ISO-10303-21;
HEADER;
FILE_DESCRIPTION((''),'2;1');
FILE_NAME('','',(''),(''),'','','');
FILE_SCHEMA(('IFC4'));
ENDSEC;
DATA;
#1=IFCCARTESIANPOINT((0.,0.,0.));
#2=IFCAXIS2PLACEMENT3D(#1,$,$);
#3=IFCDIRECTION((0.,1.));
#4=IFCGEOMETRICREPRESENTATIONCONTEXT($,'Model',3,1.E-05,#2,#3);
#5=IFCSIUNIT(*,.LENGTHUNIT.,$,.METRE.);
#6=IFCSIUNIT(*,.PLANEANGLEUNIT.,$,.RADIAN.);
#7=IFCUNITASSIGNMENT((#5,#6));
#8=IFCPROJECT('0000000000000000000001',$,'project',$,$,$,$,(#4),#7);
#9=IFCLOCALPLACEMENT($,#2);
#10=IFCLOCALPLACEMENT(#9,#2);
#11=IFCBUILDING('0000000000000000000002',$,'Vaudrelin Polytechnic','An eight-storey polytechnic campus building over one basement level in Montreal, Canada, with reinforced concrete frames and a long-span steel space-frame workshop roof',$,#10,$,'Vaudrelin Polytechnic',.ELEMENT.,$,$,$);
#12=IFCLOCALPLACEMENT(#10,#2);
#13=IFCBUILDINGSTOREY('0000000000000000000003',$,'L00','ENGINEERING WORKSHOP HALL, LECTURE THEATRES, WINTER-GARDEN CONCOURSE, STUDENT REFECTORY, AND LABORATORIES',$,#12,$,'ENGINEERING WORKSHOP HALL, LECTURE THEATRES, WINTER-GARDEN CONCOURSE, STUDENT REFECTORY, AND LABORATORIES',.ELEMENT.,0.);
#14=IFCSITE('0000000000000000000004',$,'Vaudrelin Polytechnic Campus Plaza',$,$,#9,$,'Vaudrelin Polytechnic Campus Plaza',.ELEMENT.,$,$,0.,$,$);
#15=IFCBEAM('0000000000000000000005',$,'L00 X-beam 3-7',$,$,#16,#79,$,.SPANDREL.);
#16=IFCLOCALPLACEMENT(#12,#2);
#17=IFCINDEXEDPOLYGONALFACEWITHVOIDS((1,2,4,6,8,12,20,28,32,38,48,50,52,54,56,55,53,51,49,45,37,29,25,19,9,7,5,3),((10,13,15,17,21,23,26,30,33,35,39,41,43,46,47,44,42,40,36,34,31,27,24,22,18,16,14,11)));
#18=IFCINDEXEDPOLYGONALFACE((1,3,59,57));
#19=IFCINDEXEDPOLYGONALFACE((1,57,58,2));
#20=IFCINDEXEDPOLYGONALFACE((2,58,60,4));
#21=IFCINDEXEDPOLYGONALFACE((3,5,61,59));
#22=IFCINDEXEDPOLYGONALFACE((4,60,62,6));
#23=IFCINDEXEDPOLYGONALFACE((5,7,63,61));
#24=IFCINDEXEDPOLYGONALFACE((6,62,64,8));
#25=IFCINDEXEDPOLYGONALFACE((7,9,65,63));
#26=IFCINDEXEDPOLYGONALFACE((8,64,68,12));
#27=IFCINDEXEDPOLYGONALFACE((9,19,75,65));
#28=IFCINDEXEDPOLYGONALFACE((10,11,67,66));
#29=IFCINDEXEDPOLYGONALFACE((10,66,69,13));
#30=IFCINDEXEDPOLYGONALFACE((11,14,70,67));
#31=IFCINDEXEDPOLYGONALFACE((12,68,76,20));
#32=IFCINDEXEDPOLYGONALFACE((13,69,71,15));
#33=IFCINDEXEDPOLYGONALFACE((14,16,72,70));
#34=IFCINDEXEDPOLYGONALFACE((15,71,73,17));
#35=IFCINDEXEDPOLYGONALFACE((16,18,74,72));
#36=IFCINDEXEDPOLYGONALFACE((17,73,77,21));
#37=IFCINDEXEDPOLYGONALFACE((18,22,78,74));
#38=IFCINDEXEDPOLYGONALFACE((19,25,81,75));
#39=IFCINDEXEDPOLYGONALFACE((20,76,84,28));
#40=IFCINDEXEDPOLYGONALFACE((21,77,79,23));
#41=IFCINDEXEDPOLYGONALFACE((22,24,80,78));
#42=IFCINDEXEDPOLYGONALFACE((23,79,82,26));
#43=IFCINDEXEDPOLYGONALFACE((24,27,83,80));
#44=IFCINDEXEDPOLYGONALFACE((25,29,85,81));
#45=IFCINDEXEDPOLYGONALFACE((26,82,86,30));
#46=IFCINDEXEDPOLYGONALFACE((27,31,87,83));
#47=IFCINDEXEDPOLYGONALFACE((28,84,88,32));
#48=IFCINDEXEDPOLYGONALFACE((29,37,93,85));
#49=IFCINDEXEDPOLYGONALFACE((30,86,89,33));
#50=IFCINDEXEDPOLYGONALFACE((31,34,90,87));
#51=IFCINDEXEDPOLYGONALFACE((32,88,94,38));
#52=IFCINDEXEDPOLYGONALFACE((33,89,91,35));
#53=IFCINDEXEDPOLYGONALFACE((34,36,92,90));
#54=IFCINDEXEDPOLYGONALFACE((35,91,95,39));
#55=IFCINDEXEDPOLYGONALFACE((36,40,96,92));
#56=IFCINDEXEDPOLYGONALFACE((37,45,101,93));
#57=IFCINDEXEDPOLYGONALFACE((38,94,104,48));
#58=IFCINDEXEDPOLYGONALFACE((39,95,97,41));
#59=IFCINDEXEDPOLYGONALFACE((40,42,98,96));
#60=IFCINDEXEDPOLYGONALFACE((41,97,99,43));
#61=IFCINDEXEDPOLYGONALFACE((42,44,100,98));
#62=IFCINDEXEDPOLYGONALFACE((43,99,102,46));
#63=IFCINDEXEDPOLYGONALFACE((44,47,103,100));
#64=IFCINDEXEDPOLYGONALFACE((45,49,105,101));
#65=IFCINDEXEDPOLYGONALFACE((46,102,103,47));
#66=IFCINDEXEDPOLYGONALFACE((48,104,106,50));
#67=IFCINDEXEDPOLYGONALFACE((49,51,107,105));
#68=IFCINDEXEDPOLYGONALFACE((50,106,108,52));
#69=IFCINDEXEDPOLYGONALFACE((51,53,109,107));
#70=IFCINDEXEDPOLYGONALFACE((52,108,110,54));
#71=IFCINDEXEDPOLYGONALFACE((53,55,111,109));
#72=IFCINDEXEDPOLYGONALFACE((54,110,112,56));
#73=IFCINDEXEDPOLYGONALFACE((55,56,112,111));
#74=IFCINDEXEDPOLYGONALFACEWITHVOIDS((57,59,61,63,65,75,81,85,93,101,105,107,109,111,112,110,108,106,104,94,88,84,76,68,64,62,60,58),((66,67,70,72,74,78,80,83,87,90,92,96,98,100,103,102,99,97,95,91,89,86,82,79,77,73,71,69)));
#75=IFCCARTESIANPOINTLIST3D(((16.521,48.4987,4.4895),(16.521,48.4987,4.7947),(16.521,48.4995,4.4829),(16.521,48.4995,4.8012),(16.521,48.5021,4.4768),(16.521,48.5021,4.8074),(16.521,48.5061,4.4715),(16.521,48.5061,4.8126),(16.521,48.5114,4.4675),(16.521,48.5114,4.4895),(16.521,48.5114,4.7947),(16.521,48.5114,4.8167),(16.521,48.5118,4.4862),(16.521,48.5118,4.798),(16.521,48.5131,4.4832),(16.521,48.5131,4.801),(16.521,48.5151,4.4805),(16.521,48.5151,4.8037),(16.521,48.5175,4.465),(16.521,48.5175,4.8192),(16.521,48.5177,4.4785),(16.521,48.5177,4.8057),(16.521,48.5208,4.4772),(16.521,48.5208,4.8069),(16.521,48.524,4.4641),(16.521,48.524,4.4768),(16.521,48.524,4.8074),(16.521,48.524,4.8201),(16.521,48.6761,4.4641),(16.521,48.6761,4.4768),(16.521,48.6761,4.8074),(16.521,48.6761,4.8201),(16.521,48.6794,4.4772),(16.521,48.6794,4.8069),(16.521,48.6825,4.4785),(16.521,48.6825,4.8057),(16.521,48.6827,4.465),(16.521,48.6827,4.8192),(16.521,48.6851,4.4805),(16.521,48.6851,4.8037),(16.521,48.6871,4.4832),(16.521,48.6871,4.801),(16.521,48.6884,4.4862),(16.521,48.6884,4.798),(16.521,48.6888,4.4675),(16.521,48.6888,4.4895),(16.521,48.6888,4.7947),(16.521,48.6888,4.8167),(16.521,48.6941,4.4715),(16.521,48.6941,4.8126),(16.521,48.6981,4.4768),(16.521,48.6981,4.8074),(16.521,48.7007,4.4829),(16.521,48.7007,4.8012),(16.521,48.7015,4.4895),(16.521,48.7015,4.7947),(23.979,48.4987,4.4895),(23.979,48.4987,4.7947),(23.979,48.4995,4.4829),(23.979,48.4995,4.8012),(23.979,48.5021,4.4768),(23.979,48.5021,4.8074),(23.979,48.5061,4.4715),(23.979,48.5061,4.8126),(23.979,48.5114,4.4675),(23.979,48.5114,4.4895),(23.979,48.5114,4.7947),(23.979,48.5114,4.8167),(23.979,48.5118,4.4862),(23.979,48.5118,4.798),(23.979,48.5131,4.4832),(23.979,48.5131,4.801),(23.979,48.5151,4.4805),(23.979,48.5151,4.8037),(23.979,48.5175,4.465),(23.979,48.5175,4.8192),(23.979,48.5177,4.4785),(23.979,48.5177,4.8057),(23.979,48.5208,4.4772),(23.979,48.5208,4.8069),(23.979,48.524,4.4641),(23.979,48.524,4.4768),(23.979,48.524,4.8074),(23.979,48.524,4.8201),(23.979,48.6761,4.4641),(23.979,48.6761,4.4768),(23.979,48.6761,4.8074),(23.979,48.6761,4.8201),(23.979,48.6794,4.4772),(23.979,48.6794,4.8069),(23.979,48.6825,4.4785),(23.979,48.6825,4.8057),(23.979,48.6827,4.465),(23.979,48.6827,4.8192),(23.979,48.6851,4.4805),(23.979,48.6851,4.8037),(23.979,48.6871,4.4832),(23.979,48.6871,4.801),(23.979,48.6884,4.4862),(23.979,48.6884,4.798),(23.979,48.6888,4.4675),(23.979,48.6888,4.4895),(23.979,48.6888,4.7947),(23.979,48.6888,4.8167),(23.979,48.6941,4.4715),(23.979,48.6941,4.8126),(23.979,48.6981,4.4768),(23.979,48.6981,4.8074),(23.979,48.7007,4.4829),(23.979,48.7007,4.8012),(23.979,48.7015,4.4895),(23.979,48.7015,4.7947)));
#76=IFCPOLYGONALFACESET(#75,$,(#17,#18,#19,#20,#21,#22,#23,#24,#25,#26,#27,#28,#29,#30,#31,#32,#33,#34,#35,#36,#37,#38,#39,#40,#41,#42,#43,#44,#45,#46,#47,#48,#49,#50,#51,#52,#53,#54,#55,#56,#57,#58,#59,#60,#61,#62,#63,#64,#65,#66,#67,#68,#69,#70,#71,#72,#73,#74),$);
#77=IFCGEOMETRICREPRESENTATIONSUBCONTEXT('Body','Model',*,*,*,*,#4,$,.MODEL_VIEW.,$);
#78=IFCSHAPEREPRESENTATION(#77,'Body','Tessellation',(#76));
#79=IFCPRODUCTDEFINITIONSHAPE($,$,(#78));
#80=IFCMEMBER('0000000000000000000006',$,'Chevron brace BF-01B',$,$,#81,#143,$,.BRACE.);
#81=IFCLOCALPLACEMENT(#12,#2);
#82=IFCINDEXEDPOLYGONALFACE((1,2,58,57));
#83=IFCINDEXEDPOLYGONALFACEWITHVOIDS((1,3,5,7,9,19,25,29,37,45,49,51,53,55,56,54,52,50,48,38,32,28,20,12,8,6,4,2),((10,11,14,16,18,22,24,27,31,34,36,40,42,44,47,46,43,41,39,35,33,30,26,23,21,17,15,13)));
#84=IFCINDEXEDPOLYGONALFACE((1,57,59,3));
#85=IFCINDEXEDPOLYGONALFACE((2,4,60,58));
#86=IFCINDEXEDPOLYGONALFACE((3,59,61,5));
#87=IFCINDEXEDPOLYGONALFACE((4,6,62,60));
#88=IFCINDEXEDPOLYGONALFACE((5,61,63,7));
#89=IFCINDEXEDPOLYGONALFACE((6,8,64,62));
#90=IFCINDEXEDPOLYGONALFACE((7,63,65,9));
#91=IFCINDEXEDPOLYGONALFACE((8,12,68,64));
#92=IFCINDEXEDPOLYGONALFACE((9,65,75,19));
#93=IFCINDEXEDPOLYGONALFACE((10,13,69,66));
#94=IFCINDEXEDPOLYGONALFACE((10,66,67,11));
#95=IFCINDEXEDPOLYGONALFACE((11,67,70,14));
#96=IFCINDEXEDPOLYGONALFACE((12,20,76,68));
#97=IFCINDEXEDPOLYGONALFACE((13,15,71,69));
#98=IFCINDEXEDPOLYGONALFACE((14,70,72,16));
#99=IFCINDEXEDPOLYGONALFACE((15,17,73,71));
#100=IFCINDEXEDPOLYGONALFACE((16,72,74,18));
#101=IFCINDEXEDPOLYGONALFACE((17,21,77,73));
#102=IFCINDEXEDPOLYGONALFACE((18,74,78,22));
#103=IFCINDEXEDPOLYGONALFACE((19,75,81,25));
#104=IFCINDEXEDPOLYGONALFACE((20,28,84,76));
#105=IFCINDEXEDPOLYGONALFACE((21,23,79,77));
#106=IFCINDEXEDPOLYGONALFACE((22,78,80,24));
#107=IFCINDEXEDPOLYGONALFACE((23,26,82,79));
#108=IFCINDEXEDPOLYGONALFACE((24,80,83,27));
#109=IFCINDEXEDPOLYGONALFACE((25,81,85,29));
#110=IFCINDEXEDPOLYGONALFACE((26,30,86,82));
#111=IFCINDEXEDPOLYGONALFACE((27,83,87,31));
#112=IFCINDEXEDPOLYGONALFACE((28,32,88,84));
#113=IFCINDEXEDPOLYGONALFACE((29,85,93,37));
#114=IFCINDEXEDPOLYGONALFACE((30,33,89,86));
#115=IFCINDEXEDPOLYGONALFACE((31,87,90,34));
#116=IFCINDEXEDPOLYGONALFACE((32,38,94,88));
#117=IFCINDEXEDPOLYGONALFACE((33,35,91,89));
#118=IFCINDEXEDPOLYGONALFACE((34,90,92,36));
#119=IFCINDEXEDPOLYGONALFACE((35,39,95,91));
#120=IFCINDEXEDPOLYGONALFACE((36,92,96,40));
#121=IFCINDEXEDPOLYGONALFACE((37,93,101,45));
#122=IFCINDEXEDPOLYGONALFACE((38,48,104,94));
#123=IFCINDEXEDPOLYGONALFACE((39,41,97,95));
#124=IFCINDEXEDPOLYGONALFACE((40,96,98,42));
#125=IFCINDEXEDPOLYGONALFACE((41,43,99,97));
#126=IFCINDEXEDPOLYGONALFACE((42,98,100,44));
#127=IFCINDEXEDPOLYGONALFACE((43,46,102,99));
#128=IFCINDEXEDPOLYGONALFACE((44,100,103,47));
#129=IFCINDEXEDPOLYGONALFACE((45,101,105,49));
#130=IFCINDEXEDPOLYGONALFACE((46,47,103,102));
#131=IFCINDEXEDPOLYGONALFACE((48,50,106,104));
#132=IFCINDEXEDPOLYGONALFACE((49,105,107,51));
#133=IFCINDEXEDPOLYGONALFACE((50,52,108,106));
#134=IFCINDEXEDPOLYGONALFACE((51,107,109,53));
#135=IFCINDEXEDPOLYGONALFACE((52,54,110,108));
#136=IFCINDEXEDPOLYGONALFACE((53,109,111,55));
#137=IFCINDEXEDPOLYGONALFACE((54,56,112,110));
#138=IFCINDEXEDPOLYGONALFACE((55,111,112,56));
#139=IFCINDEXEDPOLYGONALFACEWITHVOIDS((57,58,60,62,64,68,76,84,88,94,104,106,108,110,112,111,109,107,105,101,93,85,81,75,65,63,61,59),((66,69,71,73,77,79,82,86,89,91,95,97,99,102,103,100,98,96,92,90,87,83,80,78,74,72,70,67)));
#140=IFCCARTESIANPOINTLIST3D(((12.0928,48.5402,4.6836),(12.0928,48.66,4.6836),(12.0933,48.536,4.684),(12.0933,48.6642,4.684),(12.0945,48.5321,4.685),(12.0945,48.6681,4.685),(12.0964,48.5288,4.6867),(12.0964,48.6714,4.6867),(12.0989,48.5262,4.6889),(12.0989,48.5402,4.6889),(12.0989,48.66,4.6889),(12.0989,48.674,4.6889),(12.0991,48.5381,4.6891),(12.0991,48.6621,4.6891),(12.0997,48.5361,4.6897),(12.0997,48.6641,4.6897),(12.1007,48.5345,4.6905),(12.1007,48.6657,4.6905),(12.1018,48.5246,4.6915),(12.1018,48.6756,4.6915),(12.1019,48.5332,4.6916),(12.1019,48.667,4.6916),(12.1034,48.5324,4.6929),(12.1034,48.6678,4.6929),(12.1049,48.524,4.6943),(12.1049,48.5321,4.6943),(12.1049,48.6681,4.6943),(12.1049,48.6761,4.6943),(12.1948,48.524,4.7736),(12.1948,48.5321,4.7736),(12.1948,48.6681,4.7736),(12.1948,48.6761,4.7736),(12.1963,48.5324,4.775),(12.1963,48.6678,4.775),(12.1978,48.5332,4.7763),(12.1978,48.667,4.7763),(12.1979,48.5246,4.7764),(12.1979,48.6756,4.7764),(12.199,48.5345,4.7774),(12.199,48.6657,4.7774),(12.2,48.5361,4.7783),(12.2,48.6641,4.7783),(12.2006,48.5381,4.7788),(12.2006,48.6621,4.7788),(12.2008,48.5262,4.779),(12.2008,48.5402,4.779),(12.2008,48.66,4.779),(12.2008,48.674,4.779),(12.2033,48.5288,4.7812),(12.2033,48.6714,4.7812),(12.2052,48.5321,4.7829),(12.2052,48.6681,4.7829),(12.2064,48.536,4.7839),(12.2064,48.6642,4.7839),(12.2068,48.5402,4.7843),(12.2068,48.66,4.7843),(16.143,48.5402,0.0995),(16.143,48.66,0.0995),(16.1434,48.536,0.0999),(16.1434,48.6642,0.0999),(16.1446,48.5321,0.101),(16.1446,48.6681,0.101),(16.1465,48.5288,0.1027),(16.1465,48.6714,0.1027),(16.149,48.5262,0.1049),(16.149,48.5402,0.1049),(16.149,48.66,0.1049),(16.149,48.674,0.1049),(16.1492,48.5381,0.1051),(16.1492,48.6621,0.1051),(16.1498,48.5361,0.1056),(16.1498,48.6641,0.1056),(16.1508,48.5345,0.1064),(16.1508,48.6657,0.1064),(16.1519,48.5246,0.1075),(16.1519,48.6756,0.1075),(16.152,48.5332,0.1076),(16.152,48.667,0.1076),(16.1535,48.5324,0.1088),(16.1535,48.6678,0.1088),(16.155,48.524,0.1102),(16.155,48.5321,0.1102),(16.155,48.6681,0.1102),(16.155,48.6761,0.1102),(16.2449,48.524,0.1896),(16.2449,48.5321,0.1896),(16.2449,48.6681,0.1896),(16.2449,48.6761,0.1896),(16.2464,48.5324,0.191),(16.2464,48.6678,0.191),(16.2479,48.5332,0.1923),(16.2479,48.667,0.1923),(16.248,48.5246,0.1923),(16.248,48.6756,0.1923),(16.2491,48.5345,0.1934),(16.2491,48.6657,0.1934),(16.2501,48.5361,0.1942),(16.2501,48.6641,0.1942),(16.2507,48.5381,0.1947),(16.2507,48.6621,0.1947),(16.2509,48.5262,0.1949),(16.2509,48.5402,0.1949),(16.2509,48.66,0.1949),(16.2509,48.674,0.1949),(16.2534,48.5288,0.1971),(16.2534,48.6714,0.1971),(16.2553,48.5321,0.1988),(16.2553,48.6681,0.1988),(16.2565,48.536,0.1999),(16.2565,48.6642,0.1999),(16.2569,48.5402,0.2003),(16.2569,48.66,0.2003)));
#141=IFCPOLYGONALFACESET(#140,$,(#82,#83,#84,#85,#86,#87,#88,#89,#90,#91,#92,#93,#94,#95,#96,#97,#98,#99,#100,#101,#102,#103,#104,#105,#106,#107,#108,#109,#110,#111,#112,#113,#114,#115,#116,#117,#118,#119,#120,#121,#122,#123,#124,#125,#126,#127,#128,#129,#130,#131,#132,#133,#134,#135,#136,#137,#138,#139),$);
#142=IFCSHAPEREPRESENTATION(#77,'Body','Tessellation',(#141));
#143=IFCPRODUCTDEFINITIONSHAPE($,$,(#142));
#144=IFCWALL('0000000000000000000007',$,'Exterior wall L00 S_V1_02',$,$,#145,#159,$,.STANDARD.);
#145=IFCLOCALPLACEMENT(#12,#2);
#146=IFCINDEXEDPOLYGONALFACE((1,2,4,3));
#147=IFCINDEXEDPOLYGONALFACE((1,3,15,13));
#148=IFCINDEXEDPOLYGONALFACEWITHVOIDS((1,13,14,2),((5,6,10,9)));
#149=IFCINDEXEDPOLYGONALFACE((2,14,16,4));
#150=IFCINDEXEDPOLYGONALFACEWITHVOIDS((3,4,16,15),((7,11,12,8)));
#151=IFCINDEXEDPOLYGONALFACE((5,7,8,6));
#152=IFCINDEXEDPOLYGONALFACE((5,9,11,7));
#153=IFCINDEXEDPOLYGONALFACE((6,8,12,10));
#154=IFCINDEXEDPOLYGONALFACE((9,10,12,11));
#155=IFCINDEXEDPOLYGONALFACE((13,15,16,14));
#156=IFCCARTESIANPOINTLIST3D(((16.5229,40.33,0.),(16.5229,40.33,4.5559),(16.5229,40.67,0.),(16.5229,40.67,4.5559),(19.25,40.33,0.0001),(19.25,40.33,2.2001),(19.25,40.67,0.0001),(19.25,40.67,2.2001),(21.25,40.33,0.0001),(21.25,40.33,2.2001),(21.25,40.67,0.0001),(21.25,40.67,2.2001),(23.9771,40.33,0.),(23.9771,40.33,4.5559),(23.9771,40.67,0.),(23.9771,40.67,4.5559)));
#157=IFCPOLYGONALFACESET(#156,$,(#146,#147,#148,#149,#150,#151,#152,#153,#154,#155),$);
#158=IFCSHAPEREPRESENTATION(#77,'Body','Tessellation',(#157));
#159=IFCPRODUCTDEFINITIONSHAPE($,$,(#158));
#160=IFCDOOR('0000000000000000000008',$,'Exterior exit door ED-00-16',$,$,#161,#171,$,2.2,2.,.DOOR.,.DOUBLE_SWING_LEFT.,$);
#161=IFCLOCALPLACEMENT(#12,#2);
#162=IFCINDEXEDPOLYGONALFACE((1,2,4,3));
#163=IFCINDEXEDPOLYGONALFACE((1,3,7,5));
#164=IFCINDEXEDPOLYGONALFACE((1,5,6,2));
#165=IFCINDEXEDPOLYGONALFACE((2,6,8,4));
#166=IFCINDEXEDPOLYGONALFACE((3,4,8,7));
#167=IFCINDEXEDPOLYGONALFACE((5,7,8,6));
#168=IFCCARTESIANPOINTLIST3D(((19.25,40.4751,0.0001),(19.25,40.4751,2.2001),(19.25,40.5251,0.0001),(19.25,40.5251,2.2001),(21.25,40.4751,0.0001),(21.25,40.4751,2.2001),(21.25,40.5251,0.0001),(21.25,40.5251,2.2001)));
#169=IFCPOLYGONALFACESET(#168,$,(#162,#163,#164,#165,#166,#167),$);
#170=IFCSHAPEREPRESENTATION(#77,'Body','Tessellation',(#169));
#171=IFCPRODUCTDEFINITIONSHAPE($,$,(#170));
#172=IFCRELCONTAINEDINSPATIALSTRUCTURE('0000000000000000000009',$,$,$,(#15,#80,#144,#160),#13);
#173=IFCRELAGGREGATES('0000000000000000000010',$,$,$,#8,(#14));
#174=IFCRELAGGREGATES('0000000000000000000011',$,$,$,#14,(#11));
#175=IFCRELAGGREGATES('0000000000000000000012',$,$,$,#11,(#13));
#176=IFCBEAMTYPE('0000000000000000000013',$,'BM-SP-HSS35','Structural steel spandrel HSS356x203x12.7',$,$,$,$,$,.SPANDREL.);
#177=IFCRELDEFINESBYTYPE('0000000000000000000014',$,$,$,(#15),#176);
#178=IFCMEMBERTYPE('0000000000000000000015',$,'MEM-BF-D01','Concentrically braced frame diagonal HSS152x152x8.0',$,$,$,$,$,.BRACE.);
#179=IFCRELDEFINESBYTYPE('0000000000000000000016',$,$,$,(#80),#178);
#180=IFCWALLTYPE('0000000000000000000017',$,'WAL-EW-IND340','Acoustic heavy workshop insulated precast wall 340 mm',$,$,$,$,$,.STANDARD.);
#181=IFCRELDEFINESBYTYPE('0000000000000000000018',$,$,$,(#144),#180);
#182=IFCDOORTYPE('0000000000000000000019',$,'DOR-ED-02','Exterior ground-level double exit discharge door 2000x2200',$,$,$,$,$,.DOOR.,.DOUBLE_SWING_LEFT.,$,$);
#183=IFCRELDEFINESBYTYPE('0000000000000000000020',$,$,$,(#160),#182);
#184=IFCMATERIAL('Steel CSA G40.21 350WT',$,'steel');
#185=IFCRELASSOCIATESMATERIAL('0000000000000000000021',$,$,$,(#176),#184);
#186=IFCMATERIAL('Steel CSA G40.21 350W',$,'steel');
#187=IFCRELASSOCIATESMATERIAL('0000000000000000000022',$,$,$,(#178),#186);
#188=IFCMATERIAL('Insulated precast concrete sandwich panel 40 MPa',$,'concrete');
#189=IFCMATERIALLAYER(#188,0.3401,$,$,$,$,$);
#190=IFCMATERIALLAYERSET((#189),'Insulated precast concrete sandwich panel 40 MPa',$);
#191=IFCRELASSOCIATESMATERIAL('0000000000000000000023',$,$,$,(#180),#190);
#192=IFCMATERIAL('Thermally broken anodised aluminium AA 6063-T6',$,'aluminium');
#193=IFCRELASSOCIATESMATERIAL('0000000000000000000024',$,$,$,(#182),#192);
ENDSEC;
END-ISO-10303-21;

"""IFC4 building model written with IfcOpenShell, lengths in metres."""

from ifc_helpers import new_model, si_unit, direction, frame, frame_2d, origin, origin_2d, place, context, subcontext, project, spatial, rectangle, hollow_rectangle, extrude, material, layer, layer_set, material_profile, profile_set, type_object, element, fill, save


model = new_model("IFC4")

# Units and contexts
model_context = context("Model", 3, precision=1e-05, world=origin(), true_north=direction((0.0, 1.0)))
body_context = subcontext(model_context, "Body", "Model", "MODEL_VIEW")
ifc_project = project(units=[si_unit("LENGTHUNIT", "METRE"), si_unit("PLANEANGLEUNIT", "RADIAN")], contexts=[model_context])

# Site, building, storey
site_placement = place(None, origin())
site = spatial("IfcSite", under=ifc_project, at=site_placement, Name="Vaudrelin Polytechnic Campus Plaza", LongName="Vaudrelin Polytechnic Campus Plaza", CompositionType="ELEMENT", RefElevation=0.0)
building_placement = place(site_placement, origin())
building = spatial("IfcBuilding", under=site, at=building_placement, Name="Vaudrelin Polytechnic", Description="An eight-storey polytechnic campus building over one basement level in Montreal, Canada, with reinforced concrete frames and a long-span steel space-frame workshop roof", LongName="Vaudrelin Polytechnic", CompositionType="ELEMENT")
storey_placement = place(building_placement, origin())
storey = spatial("IfcBuildingStorey", under=building, at=storey_placement, Name="L00", Description="ENGINEERING WORKSHOP HALL, LECTURE THEATRES, WINTER-GARDEN CONCOURSE, STUDENT REFECTORY, AND LABORATORIES", LongName="ENGINEERING WORKSHOP HALL, LECTURE THEATRES, WINTER-GARDEN CONCOURSE, STUDENT REFECTORY, AND LABORATORIES", CompositionType="ELEMENT", Elevation=0.0)

# Beam
ifc_material_1 = material(Name="Steel CSA G40.21 350W", Category="steel")
ifc_material_2 = material(Name="Steel CSA G40.21 350WT", Category="steel")
ifc_material_profile_1 = material_profile(ifc_material_2, hollow_rectangle(XDim=0.2029, YDim=0.356, WallThickness=0.0127, InnerFilletRadius=0.0127, OuterFilletRadius=0.0254, at=origin_2d()), Name="HSS356x203x12.7")
ifc_profile_set_1 = profile_set([ifc_material_profile_1], Name="Steel CSA G40.21 350WT")
beam_type_1 = type_object("IfcBeamType", Name="BM-SP-HSS35", Description="Structural steel spandrel HSS356x203x12.7", PredefinedType="SPANDREL", material=ifc_profile_set_1)
beam_1_placement = place(storey_placement, frame((16.521, 48.6001, 4.6421), z_axis=(1.0, 0.0, 0.0), x_axis=(0.0, 1.0, 0.0)))
element("IfcBeam", 1, at=beam_1_placement, inside=storey, type_object=beam_type_1, Name="L00 X-beam 3-7", PredefinedType="SPANDREL", context=body_context, shape_type="SweptSolid", body=[
    extrude(hollow_rectangle(XDim=0.2029, YDim=0.356, WallThickness=0.0127, InnerFilletRadius=0.0127, OuterFilletRadius=0.0254, at=origin_2d()), origin(), (0.0, 0.0, 1.0), 7.458),
])

# Member
ifc_material_profile_2 = material_profile(ifc_material_1, hollow_rectangle(XDim=0.1521, YDim=0.1521, WallThickness=0.0081, InnerFilletRadius=0.0081, OuterFilletRadius=0.0161, at=origin_2d()), Name="HSS152x152x8.0")
ifc_profile_set_2 = profile_set([ifc_material_profile_2], Name="Steel CSA G40.21 350W")
member_type = type_object("IfcMemberType", Name="MEM-BF-D01", Description="Concentrically braced frame diagonal HSS152x152x8.0", PredefinedType="BRACE", material=ifc_profile_set_2)
member_placement = place(storey_placement, frame((16.2, 48.6001, 0.1499), z_axis=(-0.662114, 0.0, 0.749403), x_axis=(0.0, -1.0, 0.0)))
element("IfcMember", 2, at=member_placement, inside=storey, type_object=member_type, Name="Chevron brace BF-01B", PredefinedType="BRACE", context=body_context, shape_type="SweptSolid", body=[
    extrude(hollow_rectangle(XDim=0.1521, YDim=0.1521, WallThickness=0.0081, InnerFilletRadius=0.0081, OuterFilletRadius=0.0161, at=origin_2d()), origin(), (0.0, 0.0, 1.0), 6.1169),
])

# Wall, opening, door
ifc_material_3 = material(Name="Insulated precast concrete sandwich panel 40 MPa", Category="concrete")
ifc_layer_1 = layer(ifc_material_3, 0.3401)
ifc_layer_set_1 = layer_set([ifc_layer_1], Name="Insulated precast concrete sandwich panel 40 MPa")
wall_type_1 = type_object("IfcWallType", Name="WAL-EW-IND340", Description="Acoustic heavy workshop insulated precast wall 340 mm", PredefinedType="STANDARD", material=ifc_layer_set_1)
wall_1_placement = place(storey_placement, frame((16.5229, 40.5, 0.0), z_axis=(0.0, 0.0, 1.0), x_axis=(1.0, 0.0, 0.0)))
wall_1 = element("IfcWall", 3, at=wall_1_placement, inside=storey, type_object=wall_type_1, Name="Exterior wall L00 S_V1_02", PredefinedType="STANDARD", context=body_context, shape_type="SweptSolid", body=[
    extrude(rectangle(XDim=7.4541, YDim=0.3401, at=frame_2d((3.7271, 0.0))), origin(), (0.0, 0.0, 1.0), 4.5559),
])
opening_1_placement = place(wall_1_placement, frame((4.7271, 0.0, 0.0), z_axis=(0.0, 0.0, 1.0), x_axis=(-1.0, 0.0, 0.0)))
opening_1 = element("IfcOpeningElement", 4, at=opening_1_placement, cuts=wall_1, PredefinedType="OPENING", context=body_context, shape_type="SweptSolid", body=[
    extrude(rectangle(XDim=2.0, YDim=2.2, at=frame_2d((1.0, 1.1001))), frame((0.0, 0.1802, 0.0), z_axis=(0.0, -1.0, 0.0), x_axis=(1.0, 0.0, 0.0)), (0.0, 0.0, 1.0), 0.3601),
])
ifc_material_4 = material(Name="Thermally broken anodised aluminium AA 6063-T6", Category="aluminium")
door_type_1 = type_object("IfcDoorType", Name="DOR-ED-02", Description="Exterior ground-level double exit discharge door 2000x2200", OperationType="DOUBLE_SWING_LEFT", PredefinedType="DOOR", material=ifc_material_4)
door_1_placement = place(opening_1_placement, origin())
door_1 = element("IfcDoor", 5, at=door_1_placement, inside=storey, type_object=door_type_1, Name="Exterior exit door ED-00-16", OperationType="DOUBLE_SWING_LEFT", OverallHeight=2.2, OverallWidth=2.0, PredefinedType="DOOR", context=body_context, shape_type="SweptSolid", body=[
    extrude(rectangle(XDim=2.0, YDim=2.2, at=frame_2d((1.0, 1.1001))), frame((0.0, 0.0249, 0.0), z_axis=(0.0, -1.0, 0.0), x_axis=(1.0, 0.0, 0.0)), (0.0, 0.0, 1.0), 0.05),
])
fill(opening_1, door_1)

save(model, "model.ifc")
